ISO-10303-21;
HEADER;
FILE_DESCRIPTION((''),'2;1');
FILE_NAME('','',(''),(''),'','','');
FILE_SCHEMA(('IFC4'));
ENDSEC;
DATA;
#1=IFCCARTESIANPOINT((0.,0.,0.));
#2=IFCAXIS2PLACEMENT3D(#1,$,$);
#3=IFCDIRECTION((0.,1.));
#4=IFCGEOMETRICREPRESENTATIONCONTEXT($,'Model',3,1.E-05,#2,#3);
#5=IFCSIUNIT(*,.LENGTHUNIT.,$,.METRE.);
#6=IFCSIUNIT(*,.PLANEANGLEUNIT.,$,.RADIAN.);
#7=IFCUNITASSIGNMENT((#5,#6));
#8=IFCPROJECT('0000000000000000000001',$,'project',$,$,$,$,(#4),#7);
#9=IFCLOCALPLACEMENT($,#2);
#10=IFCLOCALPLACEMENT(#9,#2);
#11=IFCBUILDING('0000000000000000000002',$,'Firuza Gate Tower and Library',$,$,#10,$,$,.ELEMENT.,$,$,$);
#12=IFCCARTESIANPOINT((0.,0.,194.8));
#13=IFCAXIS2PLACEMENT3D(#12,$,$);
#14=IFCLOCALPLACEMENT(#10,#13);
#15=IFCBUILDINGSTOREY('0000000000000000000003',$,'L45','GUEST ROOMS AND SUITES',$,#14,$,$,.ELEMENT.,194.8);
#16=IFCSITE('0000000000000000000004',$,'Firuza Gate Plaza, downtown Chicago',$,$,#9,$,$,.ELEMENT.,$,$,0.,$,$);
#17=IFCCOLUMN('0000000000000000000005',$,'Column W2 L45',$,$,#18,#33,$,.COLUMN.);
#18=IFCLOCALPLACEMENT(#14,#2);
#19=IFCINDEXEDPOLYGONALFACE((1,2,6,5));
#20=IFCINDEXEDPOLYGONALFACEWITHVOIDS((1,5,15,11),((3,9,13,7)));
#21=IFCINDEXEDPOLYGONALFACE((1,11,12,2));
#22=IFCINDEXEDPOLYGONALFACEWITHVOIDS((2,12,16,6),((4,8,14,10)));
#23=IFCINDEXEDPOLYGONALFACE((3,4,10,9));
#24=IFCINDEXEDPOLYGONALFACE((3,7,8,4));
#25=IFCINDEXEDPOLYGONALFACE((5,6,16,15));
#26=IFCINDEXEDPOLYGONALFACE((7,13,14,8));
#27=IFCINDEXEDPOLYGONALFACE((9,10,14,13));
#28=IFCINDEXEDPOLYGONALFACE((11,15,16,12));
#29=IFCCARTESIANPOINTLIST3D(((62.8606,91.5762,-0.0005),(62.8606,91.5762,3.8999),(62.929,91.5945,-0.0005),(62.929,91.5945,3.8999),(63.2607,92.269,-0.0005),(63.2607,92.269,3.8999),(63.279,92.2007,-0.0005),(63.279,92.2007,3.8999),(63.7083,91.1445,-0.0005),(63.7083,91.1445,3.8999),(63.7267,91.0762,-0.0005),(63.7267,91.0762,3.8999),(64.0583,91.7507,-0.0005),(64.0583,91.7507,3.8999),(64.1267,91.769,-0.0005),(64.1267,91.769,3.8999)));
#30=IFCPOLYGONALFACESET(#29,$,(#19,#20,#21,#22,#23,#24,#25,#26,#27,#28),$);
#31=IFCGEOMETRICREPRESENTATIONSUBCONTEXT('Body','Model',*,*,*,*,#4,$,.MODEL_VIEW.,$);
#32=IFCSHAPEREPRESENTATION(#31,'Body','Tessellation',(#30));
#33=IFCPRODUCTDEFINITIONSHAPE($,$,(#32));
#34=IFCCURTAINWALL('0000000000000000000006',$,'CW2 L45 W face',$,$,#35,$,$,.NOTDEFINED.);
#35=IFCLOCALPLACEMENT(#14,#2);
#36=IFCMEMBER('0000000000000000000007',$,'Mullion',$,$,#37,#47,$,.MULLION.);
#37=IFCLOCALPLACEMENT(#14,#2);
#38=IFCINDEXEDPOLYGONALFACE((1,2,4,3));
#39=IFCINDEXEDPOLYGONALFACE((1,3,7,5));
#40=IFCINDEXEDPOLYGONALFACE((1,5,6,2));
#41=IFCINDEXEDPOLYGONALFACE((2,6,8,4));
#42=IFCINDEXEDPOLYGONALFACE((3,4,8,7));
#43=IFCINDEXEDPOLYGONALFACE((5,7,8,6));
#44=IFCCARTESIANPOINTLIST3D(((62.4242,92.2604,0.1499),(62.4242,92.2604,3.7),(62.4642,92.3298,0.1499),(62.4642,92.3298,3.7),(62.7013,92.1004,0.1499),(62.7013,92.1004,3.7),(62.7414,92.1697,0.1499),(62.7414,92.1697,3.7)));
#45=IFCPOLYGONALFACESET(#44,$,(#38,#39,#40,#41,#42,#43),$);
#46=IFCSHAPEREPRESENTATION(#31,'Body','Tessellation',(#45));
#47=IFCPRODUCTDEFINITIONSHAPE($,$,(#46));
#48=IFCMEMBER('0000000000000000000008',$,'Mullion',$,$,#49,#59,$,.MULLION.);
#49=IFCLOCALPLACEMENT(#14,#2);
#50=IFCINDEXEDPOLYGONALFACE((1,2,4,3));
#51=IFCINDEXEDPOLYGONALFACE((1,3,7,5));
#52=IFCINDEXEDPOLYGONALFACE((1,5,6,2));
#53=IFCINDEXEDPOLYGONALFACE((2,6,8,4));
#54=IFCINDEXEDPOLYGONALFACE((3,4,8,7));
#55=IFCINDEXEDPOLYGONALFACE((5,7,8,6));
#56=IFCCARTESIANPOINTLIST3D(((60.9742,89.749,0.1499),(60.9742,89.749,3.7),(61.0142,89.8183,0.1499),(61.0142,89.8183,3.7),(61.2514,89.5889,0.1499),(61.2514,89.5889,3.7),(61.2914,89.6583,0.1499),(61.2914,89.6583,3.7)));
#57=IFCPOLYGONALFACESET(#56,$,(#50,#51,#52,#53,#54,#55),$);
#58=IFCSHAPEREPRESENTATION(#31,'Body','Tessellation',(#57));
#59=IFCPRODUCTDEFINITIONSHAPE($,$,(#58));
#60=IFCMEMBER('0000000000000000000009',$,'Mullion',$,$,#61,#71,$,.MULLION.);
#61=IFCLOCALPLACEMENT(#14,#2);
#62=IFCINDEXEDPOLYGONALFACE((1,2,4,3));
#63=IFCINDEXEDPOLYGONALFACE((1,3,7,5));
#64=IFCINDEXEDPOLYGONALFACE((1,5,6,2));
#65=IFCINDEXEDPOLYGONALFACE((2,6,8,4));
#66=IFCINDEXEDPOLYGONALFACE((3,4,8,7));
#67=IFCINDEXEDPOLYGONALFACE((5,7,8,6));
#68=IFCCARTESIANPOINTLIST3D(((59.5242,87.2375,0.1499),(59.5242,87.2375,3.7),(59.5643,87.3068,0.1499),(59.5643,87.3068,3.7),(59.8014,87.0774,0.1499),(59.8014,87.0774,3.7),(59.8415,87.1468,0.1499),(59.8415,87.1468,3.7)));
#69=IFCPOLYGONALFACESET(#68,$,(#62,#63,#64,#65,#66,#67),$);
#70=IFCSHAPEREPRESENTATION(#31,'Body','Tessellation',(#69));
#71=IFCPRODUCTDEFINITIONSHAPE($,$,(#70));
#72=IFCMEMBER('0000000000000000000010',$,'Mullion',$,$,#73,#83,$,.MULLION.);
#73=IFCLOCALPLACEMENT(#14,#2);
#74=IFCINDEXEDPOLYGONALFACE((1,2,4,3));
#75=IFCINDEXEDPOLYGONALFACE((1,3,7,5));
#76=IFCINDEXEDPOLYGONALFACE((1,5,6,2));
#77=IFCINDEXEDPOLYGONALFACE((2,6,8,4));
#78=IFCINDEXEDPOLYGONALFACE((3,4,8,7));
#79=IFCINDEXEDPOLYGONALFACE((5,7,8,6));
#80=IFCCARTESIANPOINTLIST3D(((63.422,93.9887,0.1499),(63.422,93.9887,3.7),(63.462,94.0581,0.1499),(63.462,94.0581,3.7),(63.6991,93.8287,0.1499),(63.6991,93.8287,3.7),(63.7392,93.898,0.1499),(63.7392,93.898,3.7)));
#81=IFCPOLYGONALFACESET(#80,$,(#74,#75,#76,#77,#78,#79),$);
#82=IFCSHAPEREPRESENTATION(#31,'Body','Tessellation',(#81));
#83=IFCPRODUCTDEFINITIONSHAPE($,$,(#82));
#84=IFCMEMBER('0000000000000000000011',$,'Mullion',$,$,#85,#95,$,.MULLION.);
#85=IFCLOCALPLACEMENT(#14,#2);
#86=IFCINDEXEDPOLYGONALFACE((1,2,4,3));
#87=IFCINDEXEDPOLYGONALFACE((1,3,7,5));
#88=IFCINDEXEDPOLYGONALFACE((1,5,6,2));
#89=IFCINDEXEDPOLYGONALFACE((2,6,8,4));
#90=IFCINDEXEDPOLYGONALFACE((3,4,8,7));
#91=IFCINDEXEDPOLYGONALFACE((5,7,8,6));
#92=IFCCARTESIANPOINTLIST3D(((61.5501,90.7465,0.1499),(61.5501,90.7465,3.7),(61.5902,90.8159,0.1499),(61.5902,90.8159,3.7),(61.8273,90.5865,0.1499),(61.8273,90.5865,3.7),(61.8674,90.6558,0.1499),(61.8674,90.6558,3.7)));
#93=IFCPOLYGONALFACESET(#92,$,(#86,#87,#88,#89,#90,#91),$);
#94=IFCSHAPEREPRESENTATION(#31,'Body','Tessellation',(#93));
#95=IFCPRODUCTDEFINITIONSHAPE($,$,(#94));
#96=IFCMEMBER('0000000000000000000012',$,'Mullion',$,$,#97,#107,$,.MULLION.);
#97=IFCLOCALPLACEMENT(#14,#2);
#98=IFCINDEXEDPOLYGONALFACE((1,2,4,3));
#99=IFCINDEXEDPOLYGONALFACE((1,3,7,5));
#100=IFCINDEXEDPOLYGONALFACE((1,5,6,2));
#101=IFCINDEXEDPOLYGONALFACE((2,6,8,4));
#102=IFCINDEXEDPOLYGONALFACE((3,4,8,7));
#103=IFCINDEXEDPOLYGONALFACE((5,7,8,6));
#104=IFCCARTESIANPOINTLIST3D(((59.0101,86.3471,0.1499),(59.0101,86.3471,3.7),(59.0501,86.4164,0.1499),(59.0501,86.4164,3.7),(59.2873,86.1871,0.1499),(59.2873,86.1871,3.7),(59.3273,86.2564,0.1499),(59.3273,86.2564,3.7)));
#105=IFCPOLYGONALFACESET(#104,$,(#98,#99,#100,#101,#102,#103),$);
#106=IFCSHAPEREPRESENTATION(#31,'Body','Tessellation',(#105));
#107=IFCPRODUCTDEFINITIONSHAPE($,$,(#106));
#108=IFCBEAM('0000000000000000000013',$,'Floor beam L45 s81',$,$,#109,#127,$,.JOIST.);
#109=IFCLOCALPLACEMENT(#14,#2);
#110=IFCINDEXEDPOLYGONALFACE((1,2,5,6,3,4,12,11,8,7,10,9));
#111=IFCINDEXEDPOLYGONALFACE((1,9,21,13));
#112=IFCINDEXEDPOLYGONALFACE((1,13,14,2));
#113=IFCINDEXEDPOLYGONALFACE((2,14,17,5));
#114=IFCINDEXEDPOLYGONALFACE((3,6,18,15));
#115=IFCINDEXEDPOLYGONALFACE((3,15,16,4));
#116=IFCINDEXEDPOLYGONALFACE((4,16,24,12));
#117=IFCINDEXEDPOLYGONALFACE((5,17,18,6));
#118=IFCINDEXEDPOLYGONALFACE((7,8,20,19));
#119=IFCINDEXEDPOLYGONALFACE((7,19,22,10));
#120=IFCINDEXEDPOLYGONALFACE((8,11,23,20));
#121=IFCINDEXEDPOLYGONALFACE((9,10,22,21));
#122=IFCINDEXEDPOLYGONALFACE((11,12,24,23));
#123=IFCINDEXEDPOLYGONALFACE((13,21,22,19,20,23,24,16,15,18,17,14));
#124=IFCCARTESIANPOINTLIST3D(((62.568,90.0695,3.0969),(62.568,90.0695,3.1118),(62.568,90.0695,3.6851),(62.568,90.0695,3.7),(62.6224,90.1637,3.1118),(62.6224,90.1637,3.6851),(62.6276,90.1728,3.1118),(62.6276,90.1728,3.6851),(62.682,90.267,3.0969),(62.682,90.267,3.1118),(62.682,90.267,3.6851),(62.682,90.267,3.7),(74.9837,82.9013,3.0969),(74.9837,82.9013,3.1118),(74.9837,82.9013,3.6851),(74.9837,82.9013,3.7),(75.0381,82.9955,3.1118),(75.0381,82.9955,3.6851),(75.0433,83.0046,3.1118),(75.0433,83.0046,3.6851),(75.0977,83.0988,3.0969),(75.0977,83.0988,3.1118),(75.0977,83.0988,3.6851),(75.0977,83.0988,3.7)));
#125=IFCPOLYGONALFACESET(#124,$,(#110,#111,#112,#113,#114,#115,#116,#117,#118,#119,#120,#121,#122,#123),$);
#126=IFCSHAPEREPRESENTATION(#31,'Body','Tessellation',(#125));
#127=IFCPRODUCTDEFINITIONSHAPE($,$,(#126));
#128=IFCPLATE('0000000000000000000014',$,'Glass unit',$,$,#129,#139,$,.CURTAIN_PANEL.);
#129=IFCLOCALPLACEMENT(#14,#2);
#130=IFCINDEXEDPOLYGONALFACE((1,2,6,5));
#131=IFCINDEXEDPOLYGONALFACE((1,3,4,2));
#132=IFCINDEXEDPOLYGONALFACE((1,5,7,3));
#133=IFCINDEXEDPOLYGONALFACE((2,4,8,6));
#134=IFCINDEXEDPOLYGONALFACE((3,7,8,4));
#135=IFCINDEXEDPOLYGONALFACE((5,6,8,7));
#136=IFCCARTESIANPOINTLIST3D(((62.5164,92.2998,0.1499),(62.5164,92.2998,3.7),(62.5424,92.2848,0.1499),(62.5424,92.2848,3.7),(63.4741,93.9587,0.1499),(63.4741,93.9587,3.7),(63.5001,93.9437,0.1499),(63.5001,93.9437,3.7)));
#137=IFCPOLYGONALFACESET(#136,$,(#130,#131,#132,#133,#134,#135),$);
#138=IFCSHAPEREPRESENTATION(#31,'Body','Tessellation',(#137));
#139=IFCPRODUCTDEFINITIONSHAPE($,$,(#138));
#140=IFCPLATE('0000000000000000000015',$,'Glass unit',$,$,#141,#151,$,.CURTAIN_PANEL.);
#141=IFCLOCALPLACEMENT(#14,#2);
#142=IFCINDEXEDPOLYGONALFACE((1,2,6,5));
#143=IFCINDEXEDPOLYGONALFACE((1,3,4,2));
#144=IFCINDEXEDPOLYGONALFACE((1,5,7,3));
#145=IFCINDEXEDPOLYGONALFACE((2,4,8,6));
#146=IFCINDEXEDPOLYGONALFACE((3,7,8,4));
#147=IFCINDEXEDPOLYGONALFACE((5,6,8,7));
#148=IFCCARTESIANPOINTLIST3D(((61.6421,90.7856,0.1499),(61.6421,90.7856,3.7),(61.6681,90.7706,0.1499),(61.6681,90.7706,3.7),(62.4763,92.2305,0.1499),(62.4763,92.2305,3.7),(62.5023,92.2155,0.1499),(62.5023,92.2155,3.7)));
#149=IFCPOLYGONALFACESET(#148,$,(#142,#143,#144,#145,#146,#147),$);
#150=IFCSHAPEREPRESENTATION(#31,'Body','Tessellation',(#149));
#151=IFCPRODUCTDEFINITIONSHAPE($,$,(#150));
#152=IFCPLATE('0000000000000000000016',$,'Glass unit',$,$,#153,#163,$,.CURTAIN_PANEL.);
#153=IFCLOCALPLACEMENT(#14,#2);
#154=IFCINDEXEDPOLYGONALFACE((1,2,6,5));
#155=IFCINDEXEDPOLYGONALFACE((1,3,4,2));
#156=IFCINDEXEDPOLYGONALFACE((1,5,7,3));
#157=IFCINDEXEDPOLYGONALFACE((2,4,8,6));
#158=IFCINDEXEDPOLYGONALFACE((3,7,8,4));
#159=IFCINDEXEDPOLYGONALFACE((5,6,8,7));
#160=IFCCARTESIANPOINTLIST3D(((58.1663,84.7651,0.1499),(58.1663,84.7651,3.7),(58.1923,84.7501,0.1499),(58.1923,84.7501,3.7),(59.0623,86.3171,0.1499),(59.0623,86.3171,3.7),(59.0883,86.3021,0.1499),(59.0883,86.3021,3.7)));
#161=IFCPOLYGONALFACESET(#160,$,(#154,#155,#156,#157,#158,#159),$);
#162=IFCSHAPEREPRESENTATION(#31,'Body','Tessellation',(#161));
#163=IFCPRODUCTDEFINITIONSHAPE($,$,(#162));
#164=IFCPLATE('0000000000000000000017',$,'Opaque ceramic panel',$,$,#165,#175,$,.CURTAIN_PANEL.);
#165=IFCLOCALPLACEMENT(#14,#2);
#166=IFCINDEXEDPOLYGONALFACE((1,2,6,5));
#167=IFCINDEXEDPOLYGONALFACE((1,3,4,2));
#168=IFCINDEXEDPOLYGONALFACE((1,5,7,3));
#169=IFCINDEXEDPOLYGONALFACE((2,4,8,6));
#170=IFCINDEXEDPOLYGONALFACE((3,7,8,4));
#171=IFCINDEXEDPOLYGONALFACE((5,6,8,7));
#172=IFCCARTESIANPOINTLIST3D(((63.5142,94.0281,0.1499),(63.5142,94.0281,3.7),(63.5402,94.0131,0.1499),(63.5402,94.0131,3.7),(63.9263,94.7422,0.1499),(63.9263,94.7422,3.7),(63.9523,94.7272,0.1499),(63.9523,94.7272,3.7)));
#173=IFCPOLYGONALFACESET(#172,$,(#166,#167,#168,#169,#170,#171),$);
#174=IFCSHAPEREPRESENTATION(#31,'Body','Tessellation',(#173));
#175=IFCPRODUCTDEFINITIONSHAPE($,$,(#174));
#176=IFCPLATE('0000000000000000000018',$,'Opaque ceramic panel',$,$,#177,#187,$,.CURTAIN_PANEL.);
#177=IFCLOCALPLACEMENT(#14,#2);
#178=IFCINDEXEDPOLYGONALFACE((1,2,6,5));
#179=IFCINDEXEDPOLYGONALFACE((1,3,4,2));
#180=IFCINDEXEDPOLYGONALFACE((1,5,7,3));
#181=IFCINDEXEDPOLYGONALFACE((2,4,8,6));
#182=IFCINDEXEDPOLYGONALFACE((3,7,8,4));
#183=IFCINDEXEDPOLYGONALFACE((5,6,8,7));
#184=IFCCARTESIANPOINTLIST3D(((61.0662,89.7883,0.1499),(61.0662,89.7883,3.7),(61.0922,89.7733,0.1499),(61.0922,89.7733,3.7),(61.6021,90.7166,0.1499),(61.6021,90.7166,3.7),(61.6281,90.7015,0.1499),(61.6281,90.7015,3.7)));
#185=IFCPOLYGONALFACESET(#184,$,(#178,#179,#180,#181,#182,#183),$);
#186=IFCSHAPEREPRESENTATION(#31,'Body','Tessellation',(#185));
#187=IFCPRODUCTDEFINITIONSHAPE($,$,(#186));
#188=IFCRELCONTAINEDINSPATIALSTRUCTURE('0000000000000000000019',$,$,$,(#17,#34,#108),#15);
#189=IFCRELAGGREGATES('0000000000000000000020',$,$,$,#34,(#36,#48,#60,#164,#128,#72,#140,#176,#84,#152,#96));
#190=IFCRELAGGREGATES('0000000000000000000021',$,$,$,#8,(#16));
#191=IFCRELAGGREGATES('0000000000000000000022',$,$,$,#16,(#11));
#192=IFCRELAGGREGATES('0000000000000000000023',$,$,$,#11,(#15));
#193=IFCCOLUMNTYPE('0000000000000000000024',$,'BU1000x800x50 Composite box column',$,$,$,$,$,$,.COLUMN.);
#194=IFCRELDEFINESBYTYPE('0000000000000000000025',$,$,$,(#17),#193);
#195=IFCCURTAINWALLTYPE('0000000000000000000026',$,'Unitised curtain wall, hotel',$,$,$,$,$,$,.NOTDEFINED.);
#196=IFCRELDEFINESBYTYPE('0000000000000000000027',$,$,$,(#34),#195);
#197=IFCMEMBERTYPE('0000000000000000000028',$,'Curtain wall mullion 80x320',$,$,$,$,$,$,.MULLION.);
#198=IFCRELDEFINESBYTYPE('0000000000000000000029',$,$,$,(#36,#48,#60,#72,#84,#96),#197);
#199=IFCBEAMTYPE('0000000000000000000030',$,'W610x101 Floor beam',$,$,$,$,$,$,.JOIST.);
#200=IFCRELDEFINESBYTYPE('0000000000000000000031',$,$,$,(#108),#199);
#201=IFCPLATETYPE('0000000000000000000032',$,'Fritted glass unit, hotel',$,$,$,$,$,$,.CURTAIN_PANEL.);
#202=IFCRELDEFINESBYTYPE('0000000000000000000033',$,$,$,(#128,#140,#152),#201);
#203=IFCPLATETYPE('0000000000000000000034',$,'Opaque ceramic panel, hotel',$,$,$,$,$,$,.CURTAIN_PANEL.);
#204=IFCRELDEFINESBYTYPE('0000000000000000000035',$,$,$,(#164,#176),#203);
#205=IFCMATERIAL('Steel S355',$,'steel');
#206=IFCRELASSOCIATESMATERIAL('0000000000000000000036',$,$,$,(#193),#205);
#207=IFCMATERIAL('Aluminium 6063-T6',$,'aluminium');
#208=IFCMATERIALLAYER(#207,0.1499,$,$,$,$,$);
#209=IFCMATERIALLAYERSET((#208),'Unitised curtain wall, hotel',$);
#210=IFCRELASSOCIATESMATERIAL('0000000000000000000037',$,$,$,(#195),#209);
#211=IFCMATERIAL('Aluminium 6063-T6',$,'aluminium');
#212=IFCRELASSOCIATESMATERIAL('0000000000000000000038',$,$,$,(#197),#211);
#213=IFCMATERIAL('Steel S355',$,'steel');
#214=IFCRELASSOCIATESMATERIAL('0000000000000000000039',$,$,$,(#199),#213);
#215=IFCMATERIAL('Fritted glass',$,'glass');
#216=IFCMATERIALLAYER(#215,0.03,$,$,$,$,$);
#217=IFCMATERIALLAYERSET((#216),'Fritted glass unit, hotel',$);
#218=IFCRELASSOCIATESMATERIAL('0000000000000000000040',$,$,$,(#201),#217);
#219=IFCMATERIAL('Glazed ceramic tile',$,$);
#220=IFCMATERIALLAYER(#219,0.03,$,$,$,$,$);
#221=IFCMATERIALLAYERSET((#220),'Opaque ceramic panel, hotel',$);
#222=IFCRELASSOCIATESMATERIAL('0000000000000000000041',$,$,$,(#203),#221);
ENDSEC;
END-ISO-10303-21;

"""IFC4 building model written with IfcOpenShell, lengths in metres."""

from ifc_helpers import new_model, si_unit, direction, frame, origin, origin_2d, place, context, subcontext, project, spatial, polyline, rectangle, hollow_rectangle, i_section, outline, extrude, material, layer, layer_set, material_profile, profile_set, type_object, element, aggregate, save


model = new_model("IFC4")

# Units and contexts
model_context = context("Model", 3, precision=1e-05, world=origin(), true_north=direction((0.0, 1.0)))
body_context = subcontext(model_context, "Body", "Model", "MODEL_VIEW")
ifc_project = project(units=[si_unit("LENGTHUNIT", "METRE"), si_unit("PLANEANGLEUNIT", "RADIAN")], contexts=[model_context])

# Site, building, storey
site_placement = place(None, origin())
site = spatial("IfcSite", under=ifc_project, at=site_placement, Name="Firuza Gate Plaza, downtown Chicago", CompositionType="ELEMENT", RefElevation=0.0)
building_placement = place(site_placement, origin())
building = spatial("IfcBuilding", under=site, at=building_placement, Name="Firuza Gate Tower and Library", CompositionType="ELEMENT")
storey_placement = place(building_placement, frame((0.0, 0.0, 194.8)))
storey = spatial("IfcBuildingStorey", under=building, at=storey_placement, Name="L45", Description="GUEST ROOMS AND SUITES", CompositionType="ELEMENT", Elevation=194.8)

# Column
ifc_material_1 = material(Name="Steel S355", Category="steel")
ifc_material_profile_1 = material_profile(ifc_material_1, hollow_rectangle(XDim=0.8, YDim=1.0, WallThickness=0.05, at=origin_2d()))
ifc_profile_set_1 = profile_set([ifc_material_profile_1], Name="Steel S355")
column_type = type_object("IfcColumnType", Name="BU1000x800x50 Composite box column", PredefinedType="COLUMN", material=ifc_profile_set_1)
column_placement = place(storey_placement, frame((63.4937, 91.6726, -0.0005), z_axis=(0.0, 0.0, 1.0), x_axis=(-0.5, -0.866025, 0.0)))
element("IfcColumn", 1, at=column_placement, inside=storey, type_object=column_type, Name="Column W2 L45", PredefinedType="COLUMN", context=body_context, shape_type="SweptSolid", body=[
    extrude(hollow_rectangle(XDim=0.8, YDim=1.0, WallThickness=0.05, at=origin_2d()), origin(), (0.0, 0.0, 1.0), 3.9004),
])

# Curtain wall, members
ifc_material_2 = material(Name="Aluminium 6063-T6", Category="aluminium")
ifc_layer_1 = layer(ifc_material_2, 0.1499)
ifc_layer_set_1 = layer_set([ifc_layer_1], Name="Unitised curtain wall, hotel")
curtain_wall_type = type_object("IfcCurtainWallType", Name="Unitised curtain wall, hotel", PredefinedType="NOTDEFINED", material=ifc_layer_set_1)
curtain_wall_placement = place(storey_placement, origin())
curtain_wall = element("IfcCurtainWall", 2, at=curtain_wall_placement, inside=storey, type_object=curtain_wall_type, Name="CW2 L45 W face", PredefinedType="NOTDEFINED")
ifc_material_3 = material(Name="Aluminium 6063-T6", Category="aluminium")
ifc_material_profile_2 = material_profile(ifc_material_3, rectangle(XDim=0.3201, YDim=0.0801, at=origin_2d()))
ifc_profile_set_2 = profile_set([ifc_material_profile_2], Name="Aluminium 6063-T6")
member_type = type_object("IfcMemberType", Name="Curtain wall mullion 80x320", PredefinedType="MULLION", material=ifc_profile_set_2)
member_1_placement = place(storey_placement, frame((62.5828, 92.2151, 0.1499), z_axis=(0.0, 0.0, 1.0), x_axis=(0.866025, -0.5, 0.0)))
member_1 = element("IfcMember", 3, at=member_1_placement, type_object=member_type, Name="Mullion", PredefinedType="MULLION", context=body_context, shape_type="SweptSolid", body=[
    extrude(rectangle(XDim=0.3201, YDim=0.0801, at=origin_2d()), origin(), (0.0, 0.0, 1.0), 3.55),
])
member_2_placement = place(storey_placement, frame((61.1328, 89.7036, 0.1499), z_axis=(0.0, 0.0, 1.0), x_axis=(0.866025, -0.5, 0.0)))
member_2 = element("IfcMember", 4, at=member_2_placement, type_object=member_type, Name="Mullion", PredefinedType="MULLION", context=body_context, shape_type="SweptSolid", body=[
    extrude(rectangle(XDim=0.3201, YDim=0.0801, at=origin_2d()), origin(), (0.0, 0.0, 1.0), 3.55),
])
member_3_placement = place(storey_placement, frame((59.6829, 87.1921, 0.1499), z_axis=(0.0, 0.0, 1.0), x_axis=(0.866025, -0.5, 0.0)))
member_3 = element("IfcMember", 5, at=member_3_placement, type_object=member_type, Name="Mullion", PredefinedType="MULLION", context=body_context, shape_type="SweptSolid", body=[
    extrude(rectangle(XDim=0.3201, YDim=0.0801, at=origin_2d()), origin(), (0.0, 0.0, 1.0), 3.55),
])
member_4_placement = place(storey_placement, frame((63.5806, 93.9434, 0.1499), z_axis=(0.0, 0.0, 1.0), x_axis=(0.866025, -0.5, 0.0)))
member_4 = element("IfcMember", 6, at=member_4_placement, type_object=member_type, Name="Mullion", PredefinedType="MULLION", context=body_context, shape_type="SweptSolid", body=[
    extrude(rectangle(XDim=0.3201, YDim=0.0801, at=origin_2d()), origin(), (0.0, 0.0, 1.0), 3.55),
])
member_5_placement = place(storey_placement, frame((61.7087, 90.7012, 0.1499), z_axis=(0.0, 0.0, 1.0), x_axis=(0.866025, -0.5, 0.0)))
member_5 = element("IfcMember", 7, at=member_5_placement, type_object=member_type, Name="Mullion", PredefinedType="MULLION", context=body_context, shape_type="SweptSolid", body=[
    extrude(rectangle(XDim=0.3201, YDim=0.0801, at=origin_2d()), origin(), (0.0, 0.0, 1.0), 3.55),
])
member_6_placement = place(storey_placement, frame((59.1687, 86.3018, 0.1499), z_axis=(0.0, 0.0, 1.0), x_axis=(0.866025, -0.5, 0.0)))
member_6 = element("IfcMember", 8, at=member_6_placement, type_object=member_type, Name="Mullion", PredefinedType="MULLION", context=body_context, shape_type="SweptSolid", body=[
    extrude(rectangle(XDim=0.3201, YDim=0.0801, at=origin_2d()), origin(), (0.0, 0.0, 1.0), 3.55),
])

# Beam
ifc_material_4 = material(Name="Steel S355", Category="steel")
ifc_material_profile_3 = material_profile(ifc_material_4, i_section(OverallWidth=0.228, OverallDepth=0.603, WebThickness=0.0105, FlangeThickness=0.0149, at=origin_2d()))
ifc_profile_set_3 = profile_set([ifc_material_profile_3], Name="Steel S355")
beam_type = type_object("IfcBeamType", Name="W610x101 Floor beam", PredefinedType="JOIST", material=ifc_profile_set_3)
beam_placement = place(storey_placement, frame((62.625, 90.1682, 3.3984), z_axis=(0.866026, -0.499998, 0.0), x_axis=(0.499998, 0.866026, 0.0)))
element("IfcBeam", 9, at=beam_placement, inside=storey, type_object=beam_type, Name="Floor beam L45 s81", PredefinedType="JOIST", context=body_context, shape_type="SweptSolid", body=[
    extrude(i_section(OverallWidth=0.228, OverallDepth=0.603, WebThickness=0.0105, FlangeThickness=0.0149, at=origin_2d()), origin(), (0.0, 0.0, 1.0), 14.3364),
])

# Plates
ifc_material_5 = material(Name="Fritted glass", Category="glass")
ifc_layer_2 = layer(ifc_material_5, 0.03)
ifc_layer_set_2 = layer_set([ifc_layer_2], Name="Fritted glass unit, hotel")
plate_type_1 = type_object("IfcPlateType", Name="Fritted glass unit, hotel", PredefinedType="CURTAIN_PANEL", material=ifc_layer_set_2)
plate_1_placement = place(storey_placement, frame((63.4741, 93.9587, 0.1499), z_axis=(-0.866031, 0.499991, 0.0), x_axis=(-0.499991, -0.866031, 0.0)))
plate_1 = element("IfcPlate", 10, at=plate_1_placement, type_object=plate_type_1, Name="Glass unit", PredefinedType="CURTAIN_PANEL", context=body_context, shape_type="SweptSolid", body=[
    extrude(outline(polyline([(0.0, 0.0), (1.9156, 0.0), (1.9156, 3.55), (0.0, 3.55), (0.0, 0.0)])), origin(), (0.0, 0.0, -1.0), 0.03),
])
plate_2_placement = place(storey_placement, frame((62.4763, 92.2305, 0.1499), z_axis=(-0.86601, 0.500026, 0.0), x_axis=(-0.500026, -0.86601, 0.0)))
plate_2 = element("IfcPlate", 11, at=plate_2_placement, type_object=plate_type_1, Name="Glass unit", PredefinedType="CURTAIN_PANEL", context=body_context, shape_type="SweptSolid", body=[
    extrude(outline(polyline([(0.0, 0.0), (1.6684, 0.0), (1.6684, 3.55), (0.0, 3.55), (0.0, 0.0)])), origin(), (0.0, 0.0, -1.0), 0.03),
])
plate_3_placement = place(storey_placement, frame((59.0623, 86.3171, 0.1499), z_axis=(-0.866038, 0.499978, 0.0), x_axis=(-0.499978, -0.866038, 0.0)))
plate_3 = element("IfcPlate", 12, at=plate_3_placement, type_object=plate_type_1, Name="Glass unit", PredefinedType="CURTAIN_PANEL", context=body_context, shape_type="SweptSolid", body=[
    extrude(outline(polyline([(0.0, 0.0), (1.7921, 0.0), (1.7921, 3.55), (0.0, 3.55), (0.0, 0.0)])), origin(), (0.0, 0.0, -1.0), 0.03),
])
ifc_material_6 = material(Name="Glazed ceramic tile")
ifc_layer_3 = layer(ifc_material_6, 0.03)
ifc_layer_set_3 = layer_set([ifc_layer_3], Name="Opaque ceramic panel, hotel")
plate_type_2 = type_object("IfcPlateType", Name="Opaque ceramic panel, hotel", PredefinedType="CURTAIN_PANEL", material=ifc_layer_set_3)
plate_4_placement = place(storey_placement, frame((63.9263, 94.7422, 0.1499), z_axis=(-0.866121, 0.499834, 0.0), x_axis=(-0.499834, -0.866121, 0.0)))
plate_4 = element("IfcPlate", 13, at=plate_4_placement, type_object=plate_type_2, Name="Opaque ceramic panel", PredefinedType="CURTAIN_PANEL", context=body_context, shape_type="SweptSolid", body=[
    extrude(outline(polyline([(0.0, 0.0), (0.8245, 0.0), (0.8245, 3.55), (0.0, 3.55), (0.0, 0.0)])), origin(), (0.0, 0.0, -1.0), 0.03),
])
plate_5_placement = place(storey_placement, frame((61.6021, 90.7166, 0.1499), z_axis=(-0.866034, 0.499985, 0.0), x_axis=(-0.499985, -0.866034, 0.0)))
plate_5 = element("IfcPlate", 14, at=plate_5_placement, type_object=plate_type_2, Name="Opaque ceramic panel", PredefinedType="CURTAIN_PANEL", context=body_context, shape_type="SweptSolid", body=[
    extrude(outline(polyline([(0.0, 0.0), (1.0718, 0.0), (1.0718, 3.55), (0.0, 3.55), (0.0, 0.0)])), origin(), (0.0, 0.0, -1.0), 0.03),
])
aggregate(curtain_wall, [member_1, member_2, member_3, plate_4, plate_1, member_4, plate_2, plate_5, member_5, plate_3, member_6])

save(model, "model.ifc")
